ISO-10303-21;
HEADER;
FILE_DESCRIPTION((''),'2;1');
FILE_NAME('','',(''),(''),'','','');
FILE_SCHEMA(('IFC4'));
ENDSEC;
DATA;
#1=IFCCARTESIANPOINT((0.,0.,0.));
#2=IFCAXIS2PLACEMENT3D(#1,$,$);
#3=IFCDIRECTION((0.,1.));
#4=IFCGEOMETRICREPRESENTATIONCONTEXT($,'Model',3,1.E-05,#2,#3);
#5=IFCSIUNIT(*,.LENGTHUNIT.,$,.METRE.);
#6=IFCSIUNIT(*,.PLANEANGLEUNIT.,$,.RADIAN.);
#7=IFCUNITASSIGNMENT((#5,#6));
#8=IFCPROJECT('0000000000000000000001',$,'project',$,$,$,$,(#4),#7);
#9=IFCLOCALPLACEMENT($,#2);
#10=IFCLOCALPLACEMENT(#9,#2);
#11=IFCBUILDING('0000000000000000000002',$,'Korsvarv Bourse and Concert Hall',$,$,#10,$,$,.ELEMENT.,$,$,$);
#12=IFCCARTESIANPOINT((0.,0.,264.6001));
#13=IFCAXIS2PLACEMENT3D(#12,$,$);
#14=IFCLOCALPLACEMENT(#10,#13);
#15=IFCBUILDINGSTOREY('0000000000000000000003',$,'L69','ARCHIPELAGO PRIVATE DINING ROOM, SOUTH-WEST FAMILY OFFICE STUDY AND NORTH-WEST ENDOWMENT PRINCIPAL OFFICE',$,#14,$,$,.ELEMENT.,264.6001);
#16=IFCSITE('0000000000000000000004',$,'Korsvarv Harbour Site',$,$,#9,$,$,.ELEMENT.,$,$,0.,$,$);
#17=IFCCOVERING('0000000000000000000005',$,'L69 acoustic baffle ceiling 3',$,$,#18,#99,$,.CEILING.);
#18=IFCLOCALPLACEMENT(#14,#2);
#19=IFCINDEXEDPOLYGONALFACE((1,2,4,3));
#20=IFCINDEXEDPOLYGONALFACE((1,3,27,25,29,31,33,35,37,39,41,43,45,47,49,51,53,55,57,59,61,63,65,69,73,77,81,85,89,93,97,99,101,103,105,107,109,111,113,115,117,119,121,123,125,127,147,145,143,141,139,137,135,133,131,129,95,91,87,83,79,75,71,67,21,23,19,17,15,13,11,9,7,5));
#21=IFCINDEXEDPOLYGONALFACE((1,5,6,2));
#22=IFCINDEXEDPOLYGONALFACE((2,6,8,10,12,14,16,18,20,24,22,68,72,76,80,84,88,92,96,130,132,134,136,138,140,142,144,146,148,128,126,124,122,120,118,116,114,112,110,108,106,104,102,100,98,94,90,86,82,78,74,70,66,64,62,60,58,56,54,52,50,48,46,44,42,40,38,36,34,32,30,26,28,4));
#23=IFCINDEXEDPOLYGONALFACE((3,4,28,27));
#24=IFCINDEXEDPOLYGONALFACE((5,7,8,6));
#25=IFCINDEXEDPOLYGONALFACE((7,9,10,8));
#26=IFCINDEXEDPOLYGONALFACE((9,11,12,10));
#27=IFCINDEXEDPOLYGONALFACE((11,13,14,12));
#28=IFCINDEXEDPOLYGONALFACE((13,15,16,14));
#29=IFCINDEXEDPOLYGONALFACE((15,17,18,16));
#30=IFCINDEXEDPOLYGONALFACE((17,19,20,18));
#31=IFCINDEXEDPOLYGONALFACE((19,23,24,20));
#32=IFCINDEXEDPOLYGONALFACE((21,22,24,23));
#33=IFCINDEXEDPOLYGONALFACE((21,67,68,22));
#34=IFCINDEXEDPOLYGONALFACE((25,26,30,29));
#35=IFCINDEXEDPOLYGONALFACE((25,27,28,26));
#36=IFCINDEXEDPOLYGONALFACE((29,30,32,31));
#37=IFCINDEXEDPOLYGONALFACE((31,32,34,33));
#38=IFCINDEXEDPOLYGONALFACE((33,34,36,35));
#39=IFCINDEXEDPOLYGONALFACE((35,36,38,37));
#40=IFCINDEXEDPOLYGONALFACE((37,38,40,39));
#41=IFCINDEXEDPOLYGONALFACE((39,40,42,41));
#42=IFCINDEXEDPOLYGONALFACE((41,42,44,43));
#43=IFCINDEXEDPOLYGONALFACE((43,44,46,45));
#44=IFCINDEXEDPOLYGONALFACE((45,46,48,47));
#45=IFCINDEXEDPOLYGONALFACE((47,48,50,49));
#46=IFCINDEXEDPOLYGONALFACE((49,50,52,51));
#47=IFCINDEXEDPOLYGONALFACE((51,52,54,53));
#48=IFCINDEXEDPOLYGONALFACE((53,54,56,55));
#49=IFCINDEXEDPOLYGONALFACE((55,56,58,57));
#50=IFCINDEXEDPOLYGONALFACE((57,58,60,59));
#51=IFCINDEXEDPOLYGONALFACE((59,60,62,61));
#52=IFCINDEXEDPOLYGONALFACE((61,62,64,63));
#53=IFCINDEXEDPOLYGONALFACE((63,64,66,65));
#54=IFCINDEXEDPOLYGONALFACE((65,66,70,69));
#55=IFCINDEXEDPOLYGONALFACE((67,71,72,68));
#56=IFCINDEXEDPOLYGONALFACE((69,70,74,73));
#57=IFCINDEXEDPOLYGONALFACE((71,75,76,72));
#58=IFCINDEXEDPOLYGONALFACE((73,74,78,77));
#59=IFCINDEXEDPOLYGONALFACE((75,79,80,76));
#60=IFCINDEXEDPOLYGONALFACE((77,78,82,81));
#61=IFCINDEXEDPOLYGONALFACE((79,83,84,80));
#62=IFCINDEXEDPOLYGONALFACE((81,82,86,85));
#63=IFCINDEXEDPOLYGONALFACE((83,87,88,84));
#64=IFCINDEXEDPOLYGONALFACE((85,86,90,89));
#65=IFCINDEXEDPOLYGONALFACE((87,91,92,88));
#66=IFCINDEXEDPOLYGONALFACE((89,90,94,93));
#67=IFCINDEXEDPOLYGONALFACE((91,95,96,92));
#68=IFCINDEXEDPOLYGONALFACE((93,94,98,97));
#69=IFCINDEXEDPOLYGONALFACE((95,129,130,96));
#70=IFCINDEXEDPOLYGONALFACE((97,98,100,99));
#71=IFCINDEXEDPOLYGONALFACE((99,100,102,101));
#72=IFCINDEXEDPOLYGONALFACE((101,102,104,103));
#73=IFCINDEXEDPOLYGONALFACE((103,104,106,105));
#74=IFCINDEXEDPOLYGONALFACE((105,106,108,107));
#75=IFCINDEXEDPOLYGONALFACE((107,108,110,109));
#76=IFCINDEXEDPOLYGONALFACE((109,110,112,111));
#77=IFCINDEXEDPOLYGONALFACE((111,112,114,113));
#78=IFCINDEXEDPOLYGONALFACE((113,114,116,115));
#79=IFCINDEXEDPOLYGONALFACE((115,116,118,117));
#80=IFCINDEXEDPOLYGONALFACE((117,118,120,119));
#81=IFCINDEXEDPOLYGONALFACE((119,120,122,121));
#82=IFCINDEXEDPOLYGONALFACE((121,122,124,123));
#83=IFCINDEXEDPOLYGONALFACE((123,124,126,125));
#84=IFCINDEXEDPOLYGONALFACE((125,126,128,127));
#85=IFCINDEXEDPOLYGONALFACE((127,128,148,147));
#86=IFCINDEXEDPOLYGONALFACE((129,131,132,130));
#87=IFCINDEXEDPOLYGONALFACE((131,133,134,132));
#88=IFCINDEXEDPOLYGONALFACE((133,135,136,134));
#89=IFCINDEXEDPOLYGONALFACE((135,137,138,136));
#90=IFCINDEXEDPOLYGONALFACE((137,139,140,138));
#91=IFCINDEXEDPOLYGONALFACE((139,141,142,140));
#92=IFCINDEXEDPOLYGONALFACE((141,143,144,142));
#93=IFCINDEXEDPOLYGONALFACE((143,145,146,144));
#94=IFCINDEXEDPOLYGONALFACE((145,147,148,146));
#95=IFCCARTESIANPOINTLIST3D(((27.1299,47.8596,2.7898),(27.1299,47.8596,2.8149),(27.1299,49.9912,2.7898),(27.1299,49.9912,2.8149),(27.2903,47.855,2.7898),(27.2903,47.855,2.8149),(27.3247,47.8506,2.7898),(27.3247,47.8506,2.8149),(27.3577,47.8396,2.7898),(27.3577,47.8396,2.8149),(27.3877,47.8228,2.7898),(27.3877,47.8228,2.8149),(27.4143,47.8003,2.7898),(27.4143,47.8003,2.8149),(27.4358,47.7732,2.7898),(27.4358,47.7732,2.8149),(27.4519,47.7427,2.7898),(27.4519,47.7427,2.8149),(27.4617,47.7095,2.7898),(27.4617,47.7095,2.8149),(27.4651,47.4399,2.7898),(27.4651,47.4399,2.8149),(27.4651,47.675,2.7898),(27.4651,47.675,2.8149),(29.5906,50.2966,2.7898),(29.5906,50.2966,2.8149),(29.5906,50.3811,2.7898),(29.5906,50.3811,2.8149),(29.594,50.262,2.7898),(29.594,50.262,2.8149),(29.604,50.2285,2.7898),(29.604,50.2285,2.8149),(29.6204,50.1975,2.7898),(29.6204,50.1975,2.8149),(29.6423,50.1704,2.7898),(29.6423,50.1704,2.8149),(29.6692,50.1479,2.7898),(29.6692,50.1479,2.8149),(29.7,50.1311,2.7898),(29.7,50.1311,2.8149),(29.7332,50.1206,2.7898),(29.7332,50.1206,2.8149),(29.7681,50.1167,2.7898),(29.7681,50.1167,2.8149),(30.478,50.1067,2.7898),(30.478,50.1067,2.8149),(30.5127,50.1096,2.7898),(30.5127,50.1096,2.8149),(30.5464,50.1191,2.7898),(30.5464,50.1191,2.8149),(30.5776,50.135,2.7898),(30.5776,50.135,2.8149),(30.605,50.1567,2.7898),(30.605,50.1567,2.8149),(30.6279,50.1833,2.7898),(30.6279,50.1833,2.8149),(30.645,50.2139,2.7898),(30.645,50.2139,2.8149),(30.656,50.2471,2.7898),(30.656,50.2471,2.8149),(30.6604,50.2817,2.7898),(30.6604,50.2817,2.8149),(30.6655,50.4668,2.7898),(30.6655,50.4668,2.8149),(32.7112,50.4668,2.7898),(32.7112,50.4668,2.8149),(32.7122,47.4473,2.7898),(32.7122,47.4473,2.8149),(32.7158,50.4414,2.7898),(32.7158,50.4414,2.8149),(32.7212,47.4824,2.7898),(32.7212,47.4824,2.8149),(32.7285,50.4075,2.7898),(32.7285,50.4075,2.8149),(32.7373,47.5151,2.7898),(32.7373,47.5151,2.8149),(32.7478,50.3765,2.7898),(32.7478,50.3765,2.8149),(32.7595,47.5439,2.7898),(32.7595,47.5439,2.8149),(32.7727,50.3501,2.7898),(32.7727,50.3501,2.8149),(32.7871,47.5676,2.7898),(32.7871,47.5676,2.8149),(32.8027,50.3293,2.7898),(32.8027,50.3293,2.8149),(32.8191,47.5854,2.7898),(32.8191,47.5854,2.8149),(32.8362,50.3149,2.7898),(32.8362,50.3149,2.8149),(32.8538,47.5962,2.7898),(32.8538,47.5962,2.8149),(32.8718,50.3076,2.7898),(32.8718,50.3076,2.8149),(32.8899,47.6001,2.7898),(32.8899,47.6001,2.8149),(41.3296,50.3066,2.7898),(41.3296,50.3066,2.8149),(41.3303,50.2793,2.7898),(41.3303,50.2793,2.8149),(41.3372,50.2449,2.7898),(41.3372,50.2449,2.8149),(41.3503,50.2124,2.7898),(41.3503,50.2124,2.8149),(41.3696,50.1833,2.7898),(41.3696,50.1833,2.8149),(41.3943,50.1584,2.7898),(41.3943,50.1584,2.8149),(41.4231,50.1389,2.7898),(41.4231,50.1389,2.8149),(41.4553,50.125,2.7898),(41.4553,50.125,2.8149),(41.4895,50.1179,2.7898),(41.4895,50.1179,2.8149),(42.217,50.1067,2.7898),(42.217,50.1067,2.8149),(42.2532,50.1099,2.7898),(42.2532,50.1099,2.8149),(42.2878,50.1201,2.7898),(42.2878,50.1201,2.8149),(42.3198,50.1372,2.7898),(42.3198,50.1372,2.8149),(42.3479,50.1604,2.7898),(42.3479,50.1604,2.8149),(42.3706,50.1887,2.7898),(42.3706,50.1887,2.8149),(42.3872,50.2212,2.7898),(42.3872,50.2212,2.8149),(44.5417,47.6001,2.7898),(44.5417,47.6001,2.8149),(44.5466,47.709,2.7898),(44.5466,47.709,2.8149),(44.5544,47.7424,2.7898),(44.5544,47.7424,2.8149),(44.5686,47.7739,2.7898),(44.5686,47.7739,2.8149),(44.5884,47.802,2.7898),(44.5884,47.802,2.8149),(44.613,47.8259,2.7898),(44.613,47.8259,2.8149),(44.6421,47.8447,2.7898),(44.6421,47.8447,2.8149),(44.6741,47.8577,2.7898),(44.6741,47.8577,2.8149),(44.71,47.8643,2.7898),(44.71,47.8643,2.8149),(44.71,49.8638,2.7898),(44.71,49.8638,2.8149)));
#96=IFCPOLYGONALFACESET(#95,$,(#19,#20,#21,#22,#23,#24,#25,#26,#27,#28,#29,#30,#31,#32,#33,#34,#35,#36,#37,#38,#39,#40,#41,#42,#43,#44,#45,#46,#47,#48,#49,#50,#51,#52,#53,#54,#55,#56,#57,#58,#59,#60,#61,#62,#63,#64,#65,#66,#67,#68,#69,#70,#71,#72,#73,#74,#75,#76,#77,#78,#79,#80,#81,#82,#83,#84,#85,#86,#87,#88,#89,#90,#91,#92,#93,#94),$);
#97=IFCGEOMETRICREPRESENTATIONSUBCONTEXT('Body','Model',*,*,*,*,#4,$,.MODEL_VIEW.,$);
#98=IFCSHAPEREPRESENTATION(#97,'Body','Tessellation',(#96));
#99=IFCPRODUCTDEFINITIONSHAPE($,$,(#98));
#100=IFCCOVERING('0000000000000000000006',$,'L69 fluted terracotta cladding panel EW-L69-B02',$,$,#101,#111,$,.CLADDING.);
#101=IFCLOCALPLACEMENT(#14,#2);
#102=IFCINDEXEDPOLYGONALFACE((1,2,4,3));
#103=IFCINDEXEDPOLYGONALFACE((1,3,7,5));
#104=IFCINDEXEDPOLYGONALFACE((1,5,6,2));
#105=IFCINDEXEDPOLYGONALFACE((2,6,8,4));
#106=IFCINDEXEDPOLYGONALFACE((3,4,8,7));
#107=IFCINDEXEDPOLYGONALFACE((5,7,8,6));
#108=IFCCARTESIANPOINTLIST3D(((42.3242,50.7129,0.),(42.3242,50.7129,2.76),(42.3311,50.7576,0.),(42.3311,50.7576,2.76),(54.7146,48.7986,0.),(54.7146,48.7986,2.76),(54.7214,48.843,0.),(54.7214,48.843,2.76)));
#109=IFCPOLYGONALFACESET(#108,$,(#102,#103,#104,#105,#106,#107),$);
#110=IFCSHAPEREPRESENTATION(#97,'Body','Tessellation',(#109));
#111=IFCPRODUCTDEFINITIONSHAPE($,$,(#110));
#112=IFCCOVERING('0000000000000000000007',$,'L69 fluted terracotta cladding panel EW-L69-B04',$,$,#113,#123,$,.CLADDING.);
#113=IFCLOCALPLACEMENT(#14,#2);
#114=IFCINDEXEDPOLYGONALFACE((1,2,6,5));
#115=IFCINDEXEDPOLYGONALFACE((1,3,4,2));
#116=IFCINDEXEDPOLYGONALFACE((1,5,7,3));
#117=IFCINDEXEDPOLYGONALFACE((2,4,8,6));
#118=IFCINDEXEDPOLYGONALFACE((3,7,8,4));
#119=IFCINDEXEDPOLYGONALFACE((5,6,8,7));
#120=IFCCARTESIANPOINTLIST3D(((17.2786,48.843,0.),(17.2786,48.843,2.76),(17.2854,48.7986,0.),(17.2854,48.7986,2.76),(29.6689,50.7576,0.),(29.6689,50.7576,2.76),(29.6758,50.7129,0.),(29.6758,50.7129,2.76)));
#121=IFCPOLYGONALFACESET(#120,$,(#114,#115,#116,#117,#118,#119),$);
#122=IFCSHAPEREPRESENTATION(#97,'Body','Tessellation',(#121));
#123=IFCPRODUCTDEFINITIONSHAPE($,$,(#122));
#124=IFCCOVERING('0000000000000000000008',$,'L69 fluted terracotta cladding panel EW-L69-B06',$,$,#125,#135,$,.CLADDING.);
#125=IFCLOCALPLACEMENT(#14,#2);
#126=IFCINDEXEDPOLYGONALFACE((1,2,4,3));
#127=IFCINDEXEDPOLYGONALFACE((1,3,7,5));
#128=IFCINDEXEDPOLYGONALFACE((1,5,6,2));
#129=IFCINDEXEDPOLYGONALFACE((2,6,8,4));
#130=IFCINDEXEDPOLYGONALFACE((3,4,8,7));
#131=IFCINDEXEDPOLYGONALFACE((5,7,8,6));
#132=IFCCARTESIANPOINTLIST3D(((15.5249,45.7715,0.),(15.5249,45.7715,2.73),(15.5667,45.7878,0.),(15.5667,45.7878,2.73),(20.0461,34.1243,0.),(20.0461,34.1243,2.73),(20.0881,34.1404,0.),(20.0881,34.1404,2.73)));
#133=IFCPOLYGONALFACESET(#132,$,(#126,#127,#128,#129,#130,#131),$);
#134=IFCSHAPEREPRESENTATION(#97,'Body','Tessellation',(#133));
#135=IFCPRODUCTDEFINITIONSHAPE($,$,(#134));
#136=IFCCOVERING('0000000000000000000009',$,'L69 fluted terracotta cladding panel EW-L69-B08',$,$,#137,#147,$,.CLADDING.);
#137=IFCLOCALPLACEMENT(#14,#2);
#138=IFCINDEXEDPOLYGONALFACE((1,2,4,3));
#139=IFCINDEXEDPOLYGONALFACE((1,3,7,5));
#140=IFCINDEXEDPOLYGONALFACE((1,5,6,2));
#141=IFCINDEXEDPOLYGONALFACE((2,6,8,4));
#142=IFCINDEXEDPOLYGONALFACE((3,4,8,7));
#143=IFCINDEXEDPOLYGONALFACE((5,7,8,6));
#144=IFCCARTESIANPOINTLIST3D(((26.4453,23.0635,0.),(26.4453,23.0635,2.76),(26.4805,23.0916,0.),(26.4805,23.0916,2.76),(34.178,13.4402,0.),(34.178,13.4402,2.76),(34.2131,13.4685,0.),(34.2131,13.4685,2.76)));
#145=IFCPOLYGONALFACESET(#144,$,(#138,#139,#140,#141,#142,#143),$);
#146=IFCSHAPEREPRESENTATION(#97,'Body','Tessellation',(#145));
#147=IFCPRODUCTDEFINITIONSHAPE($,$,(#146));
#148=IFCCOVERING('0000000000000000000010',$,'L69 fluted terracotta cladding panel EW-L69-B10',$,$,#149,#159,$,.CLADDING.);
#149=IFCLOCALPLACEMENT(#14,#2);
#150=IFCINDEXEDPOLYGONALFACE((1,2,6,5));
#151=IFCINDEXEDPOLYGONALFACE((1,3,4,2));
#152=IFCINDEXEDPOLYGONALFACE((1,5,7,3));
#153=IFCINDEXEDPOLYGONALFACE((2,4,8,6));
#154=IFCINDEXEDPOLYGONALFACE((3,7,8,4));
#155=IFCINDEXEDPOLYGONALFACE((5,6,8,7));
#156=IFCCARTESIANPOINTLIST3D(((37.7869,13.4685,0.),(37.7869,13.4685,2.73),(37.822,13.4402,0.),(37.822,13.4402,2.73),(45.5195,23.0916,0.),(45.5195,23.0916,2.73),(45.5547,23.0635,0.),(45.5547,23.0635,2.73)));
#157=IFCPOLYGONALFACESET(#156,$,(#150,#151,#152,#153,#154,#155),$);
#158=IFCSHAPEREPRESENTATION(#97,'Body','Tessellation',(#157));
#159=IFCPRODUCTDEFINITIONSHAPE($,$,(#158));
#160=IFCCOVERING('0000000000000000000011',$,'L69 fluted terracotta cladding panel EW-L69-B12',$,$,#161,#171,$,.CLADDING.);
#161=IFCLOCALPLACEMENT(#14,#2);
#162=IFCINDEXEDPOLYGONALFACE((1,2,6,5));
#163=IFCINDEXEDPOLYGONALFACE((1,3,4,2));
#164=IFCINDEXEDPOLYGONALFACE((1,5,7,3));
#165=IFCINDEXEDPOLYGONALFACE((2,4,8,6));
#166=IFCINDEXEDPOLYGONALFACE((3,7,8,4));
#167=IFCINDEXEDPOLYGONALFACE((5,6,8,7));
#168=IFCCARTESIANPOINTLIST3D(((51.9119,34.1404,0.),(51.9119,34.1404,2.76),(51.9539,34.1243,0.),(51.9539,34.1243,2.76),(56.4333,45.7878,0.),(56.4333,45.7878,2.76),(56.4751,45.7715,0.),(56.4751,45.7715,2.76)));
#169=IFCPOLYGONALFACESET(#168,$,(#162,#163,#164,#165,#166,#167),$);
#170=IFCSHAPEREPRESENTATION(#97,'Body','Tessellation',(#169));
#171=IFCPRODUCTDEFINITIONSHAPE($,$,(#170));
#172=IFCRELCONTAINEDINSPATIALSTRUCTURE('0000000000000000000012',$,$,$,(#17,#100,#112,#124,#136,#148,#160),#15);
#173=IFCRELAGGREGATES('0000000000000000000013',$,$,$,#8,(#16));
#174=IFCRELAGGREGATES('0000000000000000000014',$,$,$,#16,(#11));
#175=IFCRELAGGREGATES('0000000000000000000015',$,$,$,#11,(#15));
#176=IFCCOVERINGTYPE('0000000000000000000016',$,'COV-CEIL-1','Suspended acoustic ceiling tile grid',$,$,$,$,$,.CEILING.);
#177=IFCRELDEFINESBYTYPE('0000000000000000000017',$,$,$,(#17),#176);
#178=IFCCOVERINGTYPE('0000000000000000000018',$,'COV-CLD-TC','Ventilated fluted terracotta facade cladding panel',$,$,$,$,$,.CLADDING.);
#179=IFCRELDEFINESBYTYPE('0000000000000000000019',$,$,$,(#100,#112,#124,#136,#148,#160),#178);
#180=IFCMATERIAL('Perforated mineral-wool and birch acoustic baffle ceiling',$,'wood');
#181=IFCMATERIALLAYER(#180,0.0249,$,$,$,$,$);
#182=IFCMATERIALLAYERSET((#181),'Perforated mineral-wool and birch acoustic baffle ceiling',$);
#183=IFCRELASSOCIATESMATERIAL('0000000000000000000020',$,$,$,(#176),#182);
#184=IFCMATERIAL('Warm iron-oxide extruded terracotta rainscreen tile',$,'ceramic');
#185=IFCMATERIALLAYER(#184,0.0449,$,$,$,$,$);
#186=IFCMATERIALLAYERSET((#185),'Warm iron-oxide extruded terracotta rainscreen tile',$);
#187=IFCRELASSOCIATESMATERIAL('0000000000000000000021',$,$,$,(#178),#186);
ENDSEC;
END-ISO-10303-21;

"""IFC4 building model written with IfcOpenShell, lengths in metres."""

from ifc_helpers import new_model, si_unit, direction, frame, origin, place, context, subcontext, project, spatial, polyline, outline, extrude, material, layer, layer_set, type_object, element, save


model = new_model("IFC4")

# Units and contexts
model_context = context("Model", 3, precision=1e-05, world=origin(), true_north=direction((0.0, 1.0)))
body_context = subcontext(model_context, "Body", "Model", "MODEL_VIEW")
ifc_project = project(units=[si_unit("LENGTHUNIT", "METRE"), si_unit("PLANEANGLEUNIT", "RADIAN")], contexts=[model_context])

# Site, building, storey
site_placement = place(None, origin())
site = spatial("IfcSite", under=ifc_project, at=site_placement, Name="Korsvarv Harbour Site", CompositionType="ELEMENT", RefElevation=0.0)
building_placement = place(site_placement, origin())
building = spatial("IfcBuilding", under=site, at=building_placement, Name="Korsvarv Bourse and Concert Hall", CompositionType="ELEMENT")
storey_placement = place(building_placement, frame((0.0, 0.0, 264.6001)))
storey = spatial("IfcBuildingStorey", under=building, at=storey_placement, Name="L69", Description="ARCHIPELAGO PRIVATE DINING ROOM, SOUTH-WEST FAMILY OFFICE STUDY AND NORTH-WEST ENDOWMENT PRINCIPAL OFFICE", CompositionType="ELEMENT", Elevation=264.6001)

# Coverings
ifc_material_1 = material(Name="Perforated mineral-wool and birch acoustic baffle ceiling", Category="wood")
ifc_layer_1 = layer(ifc_material_1, 0.0249)
ifc_layer_set_1 = layer_set([ifc_layer_1], Name="Perforated mineral-wool and birch acoustic baffle ceiling")
covering_type_1 = type_object("IfcCoveringType", Name="COV-CEIL-1", Description="Suspended acoustic ceiling tile grid", PredefinedType="CEILING", material=ifc_layer_set_1)
covering_1_placement = place(storey_placement, frame((0.0, 0.0, 2.7898)))
element("IfcCovering", 1, at=covering_1_placement, inside=storey, type_object=covering_type_1, Name="L69 acoustic baffle ceiling 3", PredefinedType="CEILING", context=body_context, shape_type="SweptSolid", body=[
    extrude(outline(polyline([(29.5906, 50.3811), (29.5906, 50.2966), (29.594, 50.262), (29.604, 50.2285), (29.6204, 50.1975), (29.6423, 50.1704), (29.6692, 50.1479), (29.7, 50.1311), (29.7332, 50.1206), (29.7681, 50.1167), (30.478, 50.1067), (30.5127, 50.1096), (30.5464, 50.1191), (30.5776, 50.135), (30.605, 50.1567), (30.6279, 50.1833), (30.645, 50.2139), (30.656, 50.2471), (30.6604, 50.2817), (30.6655, 50.4668), (32.7112, 50.4668), (32.7158, 50.4414), (32.7285, 50.4075), (32.7478, 50.3765), (32.7727, 50.3501), (32.8027, 50.3293), (32.8362, 50.3149), (32.8718, 50.3076), (41.3296, 50.3066), (41.3303, 50.2793), (41.3372, 50.2449), (41.3503, 50.2124), (41.3696, 50.1833), (41.3943, 50.1584), (41.4231, 50.1389), (41.4553, 50.125), (41.4895, 50.1179), (42.217, 50.1067), (42.2532, 50.1099), (42.2878, 50.1201), (42.3198, 50.1372), (42.3479, 50.1604), (42.3706, 50.1887), (42.3872, 50.2212), (44.71, 49.8638), (44.71, 47.8643), (44.6741, 47.8577), (44.6421, 47.8447), (44.613, 47.8259), (44.5884, 47.802), (44.5686, 47.7739), (44.5544, 47.7424), (44.5466, 47.709), (44.5417, 47.6001), (32.8899, 47.6001), (32.8538, 47.5962), (32.8191, 47.5854), (32.7871, 47.5676), (32.7595, 47.5439), (32.7373, 47.5151), (32.7212, 47.4824), (32.7122, 47.4473), (27.4651, 47.4399), (27.4651, 47.675), (27.4617, 47.7095), (27.4519, 47.7427), (27.4358, 47.7732), (27.4143, 47.8003), (27.3877, 47.8228), (27.3577, 47.8396), (27.3247, 47.8506), (27.2903, 47.855), (27.1299, 47.8596), (27.1299, 49.9912), (29.5906, 50.3811)])), origin(), (0.0, 0.0, 1.0), 0.0251),
])
ifc_material_2 = material(Name="Warm iron-oxide extruded terracotta rainscreen tile", Category="ceramic")
ifc_layer_2 = layer(ifc_material_2, 0.0449)
ifc_layer_set_2 = layer_set([ifc_layer_2], Name="Warm iron-oxide extruded terracotta rainscreen tile")
covering_type_2 = type_object("IfcCoveringType", Name="COV-CLD-TC", Description="Ventilated fluted terracotta facade cladding panel", PredefinedType="CLADDING", material=ifc_layer_set_2)
covering_2_placement = place(storey_placement, origin())
element("IfcCovering", 2, at=covering_2_placement, inside=storey, type_object=covering_type_2, Name="L69 fluted terracotta cladding panel EW-L69-B02", PredefinedType="CLADDING", context=body_context, shape_type="SweptSolid", body=[
    extrude(outline(polyline([(54.7146, 48.7986), (42.3242, 50.7129), (42.3311, 50.7576), (54.7214, 48.843), (54.7146, 48.7986)])), origin(), (0.0, 0.0, 1.0), 2.76),
])
covering_3_placement = place(storey_placement, origin())
element("IfcCovering", 3, at=covering_3_placement, inside=storey, type_object=covering_type_2, Name="L69 fluted terracotta cladding panel EW-L69-B04", PredefinedType="CLADDING", context=body_context, shape_type="SweptSolid", body=[
    extrude(outline(polyline([(29.6758, 50.7129), (17.2854, 48.7986), (17.2786, 48.843), (29.6689, 50.7576), (29.6758, 50.7129)])), origin(), (0.0, 0.0, 1.0), 2.76),
])
covering_4_placement = place(storey_placement, origin())
element("IfcCovering", 4, at=covering_4_placement, inside=storey, type_object=covering_type_2, Name="L69 fluted terracotta cladding panel EW-L69-B06", PredefinedType="CLADDING", context=body_context, shape_type="SweptSolid", body=[
    extrude(outline(polyline([(15.5667, 45.7878), (20.0881, 34.1404), (20.0461, 34.1243), (15.5249, 45.7715), (15.5667, 45.7878)])), origin(), (0.0, 0.0, 1.0), 2.73),
])
covering_5_placement = place(storey_placement, origin())
element("IfcCovering", 5, at=covering_5_placement, inside=storey, type_object=covering_type_2, Name="L69 fluted terracotta cladding panel EW-L69-B08", PredefinedType="CLADDING", context=body_context, shape_type="SweptSolid", body=[
    extrude(outline(polyline([(26.4805, 23.0916), (34.2131, 13.4685), (34.178, 13.4402), (26.4453, 23.0635), (26.4805, 23.0916)])), origin(), (0.0, 0.0, 1.0), 2.76),
])
covering_6_placement = place(storey_placement, origin())
element("IfcCovering", 6, at=covering_6_placement, inside=storey, type_object=covering_type_2, Name="L69 fluted terracotta cladding panel EW-L69-B10", PredefinedType="CLADDING", context=body_context, shape_type="SweptSolid", body=[
    extrude(outline(polyline([(37.7869, 13.4685), (45.5195, 23.0916), (45.5547, 23.0635), (37.822, 13.4402), (37.7869, 13.4685)])), origin(), (0.0, 0.0, 1.0), 2.73),
])
covering_7_placement = place(storey_placement, origin())
element("IfcCovering", 7, at=covering_7_placement, inside=storey, type_object=covering_type_2, Name="L69 fluted terracotta cladding panel EW-L69-B12", PredefinedType="CLADDING", context=body_context, shape_type="SweptSolid", body=[
    extrude(outline(polyline([(51.9119, 34.1404), (56.4333, 45.7878), (56.4751, 45.7715), (51.9539, 34.1243), (51.9119, 34.1404)])), origin(), (0.0, 0.0, 1.0), 2.76),
])

save(model, "model.ifc")
